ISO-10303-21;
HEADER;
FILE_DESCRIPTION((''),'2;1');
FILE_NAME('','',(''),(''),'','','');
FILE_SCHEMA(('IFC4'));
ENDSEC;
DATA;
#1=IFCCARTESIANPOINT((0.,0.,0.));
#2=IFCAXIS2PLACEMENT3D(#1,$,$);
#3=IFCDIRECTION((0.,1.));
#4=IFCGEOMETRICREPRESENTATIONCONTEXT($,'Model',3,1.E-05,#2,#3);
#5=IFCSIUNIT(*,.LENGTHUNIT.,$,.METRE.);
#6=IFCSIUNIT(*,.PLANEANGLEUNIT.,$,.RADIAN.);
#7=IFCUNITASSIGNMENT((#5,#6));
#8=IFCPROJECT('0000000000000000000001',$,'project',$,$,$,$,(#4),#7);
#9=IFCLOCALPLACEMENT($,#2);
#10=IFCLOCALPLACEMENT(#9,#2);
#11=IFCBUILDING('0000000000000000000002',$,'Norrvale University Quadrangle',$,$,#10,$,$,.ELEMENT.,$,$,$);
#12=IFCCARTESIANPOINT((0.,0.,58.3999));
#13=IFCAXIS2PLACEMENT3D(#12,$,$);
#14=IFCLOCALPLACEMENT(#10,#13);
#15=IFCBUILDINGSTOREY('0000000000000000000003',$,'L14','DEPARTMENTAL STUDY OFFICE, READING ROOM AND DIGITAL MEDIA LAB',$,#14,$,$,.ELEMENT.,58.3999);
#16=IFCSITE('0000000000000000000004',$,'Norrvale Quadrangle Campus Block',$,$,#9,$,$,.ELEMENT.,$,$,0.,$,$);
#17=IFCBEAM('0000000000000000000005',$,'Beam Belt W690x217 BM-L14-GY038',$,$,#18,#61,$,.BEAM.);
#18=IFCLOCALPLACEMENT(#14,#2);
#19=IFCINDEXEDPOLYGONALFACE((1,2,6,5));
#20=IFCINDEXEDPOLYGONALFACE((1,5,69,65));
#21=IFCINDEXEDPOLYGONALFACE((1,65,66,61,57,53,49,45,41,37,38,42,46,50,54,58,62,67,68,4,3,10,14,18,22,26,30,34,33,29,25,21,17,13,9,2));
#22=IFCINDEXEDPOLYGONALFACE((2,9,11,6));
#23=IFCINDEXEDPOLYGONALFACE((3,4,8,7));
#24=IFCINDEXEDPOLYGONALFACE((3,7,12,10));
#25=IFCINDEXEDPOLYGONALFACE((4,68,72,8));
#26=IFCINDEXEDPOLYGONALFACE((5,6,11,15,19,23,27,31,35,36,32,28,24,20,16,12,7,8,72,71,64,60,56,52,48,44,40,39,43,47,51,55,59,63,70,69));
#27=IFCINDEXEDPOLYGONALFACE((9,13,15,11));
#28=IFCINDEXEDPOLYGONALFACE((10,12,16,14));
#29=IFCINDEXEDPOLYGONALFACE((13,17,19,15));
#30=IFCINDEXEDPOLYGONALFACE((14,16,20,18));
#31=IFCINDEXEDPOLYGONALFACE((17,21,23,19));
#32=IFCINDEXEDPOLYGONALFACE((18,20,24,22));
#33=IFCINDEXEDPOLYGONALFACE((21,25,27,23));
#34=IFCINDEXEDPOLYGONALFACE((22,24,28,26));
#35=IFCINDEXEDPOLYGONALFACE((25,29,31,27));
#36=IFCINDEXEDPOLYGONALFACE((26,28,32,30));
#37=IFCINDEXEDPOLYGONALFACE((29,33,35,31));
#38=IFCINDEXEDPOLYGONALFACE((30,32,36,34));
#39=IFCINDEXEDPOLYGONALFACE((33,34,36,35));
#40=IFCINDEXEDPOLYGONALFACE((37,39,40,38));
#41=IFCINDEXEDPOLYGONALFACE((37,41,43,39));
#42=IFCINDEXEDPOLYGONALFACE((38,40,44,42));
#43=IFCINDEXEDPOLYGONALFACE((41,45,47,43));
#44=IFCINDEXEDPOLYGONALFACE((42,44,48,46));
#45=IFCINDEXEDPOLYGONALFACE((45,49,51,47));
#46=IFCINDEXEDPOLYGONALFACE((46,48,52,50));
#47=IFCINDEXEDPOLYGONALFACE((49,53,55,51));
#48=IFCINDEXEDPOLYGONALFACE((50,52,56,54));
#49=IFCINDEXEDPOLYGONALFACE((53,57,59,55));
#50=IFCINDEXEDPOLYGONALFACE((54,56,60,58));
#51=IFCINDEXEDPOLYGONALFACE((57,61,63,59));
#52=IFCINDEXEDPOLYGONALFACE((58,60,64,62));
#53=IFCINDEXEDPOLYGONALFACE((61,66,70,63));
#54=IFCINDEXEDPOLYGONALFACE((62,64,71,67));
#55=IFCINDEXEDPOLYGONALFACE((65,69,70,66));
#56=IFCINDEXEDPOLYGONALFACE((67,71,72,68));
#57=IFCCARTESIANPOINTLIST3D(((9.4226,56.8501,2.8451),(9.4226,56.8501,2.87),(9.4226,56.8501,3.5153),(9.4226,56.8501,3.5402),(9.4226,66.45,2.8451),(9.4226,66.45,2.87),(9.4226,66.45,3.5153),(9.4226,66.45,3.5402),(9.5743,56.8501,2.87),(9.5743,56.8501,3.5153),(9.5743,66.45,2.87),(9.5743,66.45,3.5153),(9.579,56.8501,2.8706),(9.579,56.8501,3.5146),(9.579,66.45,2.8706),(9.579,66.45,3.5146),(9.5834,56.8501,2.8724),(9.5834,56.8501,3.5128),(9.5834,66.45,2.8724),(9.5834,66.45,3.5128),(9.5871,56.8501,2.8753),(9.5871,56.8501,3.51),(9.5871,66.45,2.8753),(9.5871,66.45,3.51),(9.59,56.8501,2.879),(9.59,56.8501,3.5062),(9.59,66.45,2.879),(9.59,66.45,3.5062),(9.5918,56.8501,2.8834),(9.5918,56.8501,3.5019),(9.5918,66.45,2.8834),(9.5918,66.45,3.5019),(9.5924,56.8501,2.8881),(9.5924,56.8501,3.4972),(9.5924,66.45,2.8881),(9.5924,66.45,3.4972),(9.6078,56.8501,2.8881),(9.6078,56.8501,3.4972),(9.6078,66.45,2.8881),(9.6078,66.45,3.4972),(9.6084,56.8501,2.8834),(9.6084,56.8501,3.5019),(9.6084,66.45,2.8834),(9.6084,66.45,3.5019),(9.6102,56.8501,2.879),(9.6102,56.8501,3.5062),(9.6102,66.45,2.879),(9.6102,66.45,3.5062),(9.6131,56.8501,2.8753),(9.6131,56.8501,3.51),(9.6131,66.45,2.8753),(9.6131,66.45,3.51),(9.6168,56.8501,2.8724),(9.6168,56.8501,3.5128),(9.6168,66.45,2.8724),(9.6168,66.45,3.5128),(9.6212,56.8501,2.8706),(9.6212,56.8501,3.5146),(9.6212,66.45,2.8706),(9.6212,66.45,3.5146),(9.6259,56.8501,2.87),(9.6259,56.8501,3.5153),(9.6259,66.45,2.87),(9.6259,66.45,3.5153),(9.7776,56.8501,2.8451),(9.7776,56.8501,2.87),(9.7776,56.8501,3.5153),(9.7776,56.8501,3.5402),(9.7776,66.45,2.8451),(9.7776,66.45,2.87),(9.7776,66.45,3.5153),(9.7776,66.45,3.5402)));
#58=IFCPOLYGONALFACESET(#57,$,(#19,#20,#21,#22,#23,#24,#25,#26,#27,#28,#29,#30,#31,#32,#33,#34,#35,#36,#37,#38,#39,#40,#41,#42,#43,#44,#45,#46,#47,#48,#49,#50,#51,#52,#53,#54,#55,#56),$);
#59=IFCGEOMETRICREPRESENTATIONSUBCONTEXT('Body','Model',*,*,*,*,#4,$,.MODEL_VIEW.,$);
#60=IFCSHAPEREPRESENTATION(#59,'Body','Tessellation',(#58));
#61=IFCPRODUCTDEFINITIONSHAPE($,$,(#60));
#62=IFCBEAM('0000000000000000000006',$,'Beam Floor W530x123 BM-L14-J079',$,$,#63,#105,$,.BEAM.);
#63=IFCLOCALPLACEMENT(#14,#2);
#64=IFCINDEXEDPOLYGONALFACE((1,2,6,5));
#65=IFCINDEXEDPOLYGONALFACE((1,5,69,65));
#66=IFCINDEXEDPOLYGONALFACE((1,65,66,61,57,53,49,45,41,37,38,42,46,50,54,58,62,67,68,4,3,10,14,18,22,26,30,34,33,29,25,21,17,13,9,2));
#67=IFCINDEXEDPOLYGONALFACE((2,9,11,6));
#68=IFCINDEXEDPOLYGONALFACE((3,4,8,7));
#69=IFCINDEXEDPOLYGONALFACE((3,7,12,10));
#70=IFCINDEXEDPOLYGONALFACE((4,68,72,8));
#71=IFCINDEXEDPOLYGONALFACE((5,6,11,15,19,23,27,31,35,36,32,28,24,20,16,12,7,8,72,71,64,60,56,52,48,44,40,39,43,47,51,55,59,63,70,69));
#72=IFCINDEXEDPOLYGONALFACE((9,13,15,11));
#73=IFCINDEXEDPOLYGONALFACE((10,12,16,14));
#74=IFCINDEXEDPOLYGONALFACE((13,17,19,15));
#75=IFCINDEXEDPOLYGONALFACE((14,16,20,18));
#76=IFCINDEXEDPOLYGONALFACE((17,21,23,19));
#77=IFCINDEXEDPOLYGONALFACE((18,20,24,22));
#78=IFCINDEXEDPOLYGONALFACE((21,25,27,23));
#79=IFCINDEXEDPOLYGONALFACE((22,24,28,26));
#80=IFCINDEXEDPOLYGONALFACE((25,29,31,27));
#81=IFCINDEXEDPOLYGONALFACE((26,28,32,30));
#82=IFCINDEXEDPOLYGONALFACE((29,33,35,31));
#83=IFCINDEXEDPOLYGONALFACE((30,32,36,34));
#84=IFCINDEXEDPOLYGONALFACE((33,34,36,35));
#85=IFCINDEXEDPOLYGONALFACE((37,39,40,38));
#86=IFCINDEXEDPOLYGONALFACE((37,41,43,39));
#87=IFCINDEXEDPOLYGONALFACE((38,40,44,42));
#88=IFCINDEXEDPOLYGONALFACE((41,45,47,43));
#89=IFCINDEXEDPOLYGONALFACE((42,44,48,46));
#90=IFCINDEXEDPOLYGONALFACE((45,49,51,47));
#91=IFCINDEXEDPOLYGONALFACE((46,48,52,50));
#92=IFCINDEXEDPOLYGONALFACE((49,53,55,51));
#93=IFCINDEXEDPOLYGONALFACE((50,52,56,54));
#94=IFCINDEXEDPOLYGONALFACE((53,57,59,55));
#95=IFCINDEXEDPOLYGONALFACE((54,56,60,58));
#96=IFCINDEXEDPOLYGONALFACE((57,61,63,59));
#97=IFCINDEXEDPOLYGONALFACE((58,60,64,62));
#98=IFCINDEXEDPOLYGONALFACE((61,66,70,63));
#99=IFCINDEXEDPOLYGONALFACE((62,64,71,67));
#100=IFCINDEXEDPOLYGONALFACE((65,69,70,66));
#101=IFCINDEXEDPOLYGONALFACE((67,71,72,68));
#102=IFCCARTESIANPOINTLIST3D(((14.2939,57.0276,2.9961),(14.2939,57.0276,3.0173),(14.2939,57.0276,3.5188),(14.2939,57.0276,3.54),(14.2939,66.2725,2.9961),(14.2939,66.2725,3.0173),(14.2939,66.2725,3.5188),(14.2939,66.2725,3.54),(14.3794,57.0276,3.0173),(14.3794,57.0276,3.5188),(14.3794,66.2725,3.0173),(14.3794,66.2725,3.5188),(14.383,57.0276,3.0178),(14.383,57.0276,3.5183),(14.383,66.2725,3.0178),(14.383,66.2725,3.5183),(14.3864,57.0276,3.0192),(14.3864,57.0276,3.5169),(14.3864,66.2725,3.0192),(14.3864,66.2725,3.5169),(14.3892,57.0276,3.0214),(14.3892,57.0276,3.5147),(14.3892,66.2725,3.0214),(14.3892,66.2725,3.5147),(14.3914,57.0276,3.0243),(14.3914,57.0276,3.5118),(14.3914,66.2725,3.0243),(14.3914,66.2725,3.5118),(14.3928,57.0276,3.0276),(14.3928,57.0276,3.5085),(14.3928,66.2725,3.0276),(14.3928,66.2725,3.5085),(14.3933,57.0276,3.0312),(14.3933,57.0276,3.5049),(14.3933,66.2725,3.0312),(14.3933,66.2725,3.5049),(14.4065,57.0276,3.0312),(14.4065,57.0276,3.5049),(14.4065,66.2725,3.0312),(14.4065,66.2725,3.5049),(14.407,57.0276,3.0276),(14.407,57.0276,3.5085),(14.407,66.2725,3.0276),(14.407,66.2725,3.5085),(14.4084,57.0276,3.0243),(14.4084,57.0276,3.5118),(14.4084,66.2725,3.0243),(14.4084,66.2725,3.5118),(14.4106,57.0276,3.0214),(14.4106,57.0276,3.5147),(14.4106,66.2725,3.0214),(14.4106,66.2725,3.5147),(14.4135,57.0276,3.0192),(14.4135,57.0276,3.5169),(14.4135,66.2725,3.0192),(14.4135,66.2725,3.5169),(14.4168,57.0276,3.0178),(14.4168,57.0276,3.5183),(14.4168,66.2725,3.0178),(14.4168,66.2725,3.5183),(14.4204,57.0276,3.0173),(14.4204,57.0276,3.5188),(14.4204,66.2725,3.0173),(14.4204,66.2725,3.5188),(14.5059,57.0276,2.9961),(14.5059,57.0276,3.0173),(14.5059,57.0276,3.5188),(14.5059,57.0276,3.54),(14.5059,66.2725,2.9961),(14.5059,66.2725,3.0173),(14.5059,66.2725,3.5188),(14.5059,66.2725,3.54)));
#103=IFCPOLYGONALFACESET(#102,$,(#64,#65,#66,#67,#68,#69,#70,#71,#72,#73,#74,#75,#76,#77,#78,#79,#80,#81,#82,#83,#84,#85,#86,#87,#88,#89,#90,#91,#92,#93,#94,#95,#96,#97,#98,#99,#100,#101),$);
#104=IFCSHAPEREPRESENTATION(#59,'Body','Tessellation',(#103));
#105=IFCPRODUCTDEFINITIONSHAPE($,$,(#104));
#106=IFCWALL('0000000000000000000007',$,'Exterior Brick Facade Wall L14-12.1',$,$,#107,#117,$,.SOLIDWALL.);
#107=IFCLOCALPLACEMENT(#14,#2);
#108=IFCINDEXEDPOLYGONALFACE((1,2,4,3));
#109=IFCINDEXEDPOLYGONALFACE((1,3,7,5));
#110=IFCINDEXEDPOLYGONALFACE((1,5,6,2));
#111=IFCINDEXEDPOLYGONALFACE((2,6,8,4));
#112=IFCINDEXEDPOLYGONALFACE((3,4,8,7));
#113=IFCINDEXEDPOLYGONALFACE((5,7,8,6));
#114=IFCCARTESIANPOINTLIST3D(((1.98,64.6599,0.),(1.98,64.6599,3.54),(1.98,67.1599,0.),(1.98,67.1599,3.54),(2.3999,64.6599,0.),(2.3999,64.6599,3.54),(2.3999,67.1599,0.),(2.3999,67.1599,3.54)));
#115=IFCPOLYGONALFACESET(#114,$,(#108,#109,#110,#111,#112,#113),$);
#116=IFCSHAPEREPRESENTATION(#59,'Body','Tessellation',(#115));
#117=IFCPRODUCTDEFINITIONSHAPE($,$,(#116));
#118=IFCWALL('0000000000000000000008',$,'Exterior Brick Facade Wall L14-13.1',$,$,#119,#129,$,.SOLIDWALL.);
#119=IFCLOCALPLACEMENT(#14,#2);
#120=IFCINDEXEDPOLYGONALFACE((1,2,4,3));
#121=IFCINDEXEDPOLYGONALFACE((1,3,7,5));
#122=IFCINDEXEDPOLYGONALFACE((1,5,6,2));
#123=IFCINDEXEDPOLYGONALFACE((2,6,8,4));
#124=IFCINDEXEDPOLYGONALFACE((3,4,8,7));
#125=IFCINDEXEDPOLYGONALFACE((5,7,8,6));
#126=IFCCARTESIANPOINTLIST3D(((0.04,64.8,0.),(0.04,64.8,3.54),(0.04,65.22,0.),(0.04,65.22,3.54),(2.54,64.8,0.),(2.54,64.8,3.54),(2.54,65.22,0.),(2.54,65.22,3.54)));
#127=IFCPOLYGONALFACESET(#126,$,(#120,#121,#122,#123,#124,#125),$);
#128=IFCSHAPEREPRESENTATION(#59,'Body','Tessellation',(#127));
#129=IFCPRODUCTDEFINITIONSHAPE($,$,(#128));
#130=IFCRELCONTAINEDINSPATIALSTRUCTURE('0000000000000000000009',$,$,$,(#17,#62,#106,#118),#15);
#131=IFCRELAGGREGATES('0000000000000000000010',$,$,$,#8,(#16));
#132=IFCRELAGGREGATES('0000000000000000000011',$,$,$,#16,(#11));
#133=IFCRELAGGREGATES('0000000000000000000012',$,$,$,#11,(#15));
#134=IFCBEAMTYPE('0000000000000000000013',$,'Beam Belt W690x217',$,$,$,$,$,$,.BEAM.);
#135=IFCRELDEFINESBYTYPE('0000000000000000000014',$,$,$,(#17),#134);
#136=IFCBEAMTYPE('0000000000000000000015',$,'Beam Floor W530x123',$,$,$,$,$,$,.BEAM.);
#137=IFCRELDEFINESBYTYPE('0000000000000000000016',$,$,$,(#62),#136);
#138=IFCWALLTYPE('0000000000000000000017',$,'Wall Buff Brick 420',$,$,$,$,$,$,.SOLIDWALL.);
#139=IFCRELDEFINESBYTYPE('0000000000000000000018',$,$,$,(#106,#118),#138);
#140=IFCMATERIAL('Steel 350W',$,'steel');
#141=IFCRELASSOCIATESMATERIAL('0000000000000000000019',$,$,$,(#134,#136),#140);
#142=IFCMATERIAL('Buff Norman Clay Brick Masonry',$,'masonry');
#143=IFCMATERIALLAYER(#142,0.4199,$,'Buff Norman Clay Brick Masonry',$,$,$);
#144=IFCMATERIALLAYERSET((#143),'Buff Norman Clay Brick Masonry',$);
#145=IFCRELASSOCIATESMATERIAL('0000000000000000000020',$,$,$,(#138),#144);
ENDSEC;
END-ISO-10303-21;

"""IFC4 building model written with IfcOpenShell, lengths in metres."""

from ifc_helpers import new_model, si_unit, direction, frame, frame_2d, origin, origin_2d, place, context, subcontext, project, spatial, rectangle, i_section, extrude, material, layer, layer_set, material_profile, profile_set, type_object, element, save


model = new_model("IFC4")

# Units and contexts
model_context = context("Model", 3, precision=1e-05, world=origin(), true_north=direction((0.0, 1.0)))
body_context = subcontext(model_context, "Body", "Model", "MODEL_VIEW")
ifc_project = project(units=[si_unit("LENGTHUNIT", "METRE"), si_unit("PLANEANGLEUNIT", "RADIAN")], contexts=[model_context])

# Site, building, storey
site_placement = place(None, origin())
site = spatial("IfcSite", under=ifc_project, at=site_placement, Name="Norrvale Quadrangle Campus Block", CompositionType="ELEMENT", RefElevation=0.0)
building_placement = place(site_placement, origin())
building = spatial("IfcBuilding", under=site, at=building_placement, Name="Norrvale University Quadrangle", CompositionType="ELEMENT")
storey_placement = place(building_placement, frame((0.0, 0.0, 58.3999)))
storey = spatial("IfcBuildingStorey", under=building, at=storey_placement, Name="L14", Description="DEPARTMENTAL STUDY OFFICE, READING ROOM AND DIGITAL MEDIA LAB", CompositionType="ELEMENT", Elevation=58.3999)

# Beams
ifc_material_1 = material(Name="Steel 350W", Category="steel")
ifc_material_profile_1 = material_profile(ifc_material_1, i_section(OverallWidth=0.355, OverallDepth=0.6951, WebThickness=0.0154, FlangeThickness=0.0249, FilletRadius=0.0181, at=origin_2d()), Name="Steel 350W")
ifc_profile_set_1 = profile_set([ifc_material_profile_1], Name="Steel 350W")
beam_type_1 = type_object("IfcBeamType", Name="Beam Belt W690x217", PredefinedType="BEAM", material=ifc_profile_set_1)
for number, where, z_axis, x_axis, name in (
    (1, (9.6001, 56.8501, 3.1926), (0.0, 1.0, 0.0), (-1.0, 0.0, 0.0), "Beam Belt W690x217 BM-L14-GY038"),
):
    element("IfcBeam", number, at=place(storey_placement, frame(where, z_axis=z_axis, x_axis=x_axis)), inside=storey, type_object=beam_type_1, Name=name, PredefinedType="BEAM", context=body_context, shape_type="SweptSolid", body=[
        extrude(i_section(OverallWidth=0.355, OverallDepth=0.6951, WebThickness=0.0154, FlangeThickness=0.0249, FilletRadius=0.0181, at=origin_2d()), origin(), (0.0, 0.0, 1.0), 9.5999),
    ])
ifc_material_profile_2 = material_profile(ifc_material_1, i_section(OverallWidth=0.2119, OverallDepth=0.5439, WebThickness=0.0132, FlangeThickness=0.0212, FilletRadius=0.0139, at=origin_2d()), Name="Steel 350W")
ifc_profile_set_2 = profile_set([ifc_material_profile_2], Name="Steel 350W")
beam_type_2 = type_object("IfcBeamType", Name="Beam Floor W530x123", PredefinedType="BEAM", material=ifc_profile_set_2)
beam_1_placement = place(storey_placement, frame((14.3999, 57.0276, 3.2681), z_axis=(0.0, 1.0, 0.0), x_axis=(-1.0, 0.0, 0.0)))
element("IfcBeam", 2, at=beam_1_placement, inside=storey, type_object=beam_type_2, Name="Beam Floor W530x123 BM-L14-J079", PredefinedType="BEAM", context=body_context, shape_type="SweptSolid", body=[
    extrude(i_section(OverallWidth=0.2119, OverallDepth=0.5439, WebThickness=0.0132, FlangeThickness=0.0212, FilletRadius=0.0139, at=origin_2d()), origin(), (0.0, 0.0, 1.0), 9.2449),
])

# Walls
ifc_material_2 = material(Name="Buff Norman Clay Brick Masonry", Category="masonry")
ifc_layer = layer(ifc_material_2, 0.4199, Name="Buff Norman Clay Brick Masonry")
ifc_layer_set = layer_set([ifc_layer], Name="Buff Norman Clay Brick Masonry")
wall_type = type_object("IfcWallType", Name="Wall Buff Brick 420", PredefinedType="SOLIDWALL", material=ifc_layer_set)
for number, where, z_axis, x_axis, name in (
    (3, (2.1899, 67.1599, 0.0), (0.0, 0.0, 1.0), (0.0, -1.0, 0.0), "Exterior Brick Facade Wall L14-12.1"),
    (4, (2.54, 65.01, 0.0), (0.0, 0.0, 1.0), (-1.0, 0.0, 0.0), "Exterior Brick Facade Wall L14-13.1"),
):
    element("IfcWall", number, at=place(storey_placement, frame(where, z_axis=z_axis, x_axis=x_axis)), inside=storey, type_object=wall_type, Name=name, PredefinedType="SOLIDWALL", context=body_context, shape_type="SweptSolid", body=[
        extrude(rectangle(XDim=2.5, YDim=0.4199, at=frame_2d((1.25, 0.0))), origin(), (0.0, 0.0, 1.0), 3.54),
    ])

save(model, "model.ifc")
